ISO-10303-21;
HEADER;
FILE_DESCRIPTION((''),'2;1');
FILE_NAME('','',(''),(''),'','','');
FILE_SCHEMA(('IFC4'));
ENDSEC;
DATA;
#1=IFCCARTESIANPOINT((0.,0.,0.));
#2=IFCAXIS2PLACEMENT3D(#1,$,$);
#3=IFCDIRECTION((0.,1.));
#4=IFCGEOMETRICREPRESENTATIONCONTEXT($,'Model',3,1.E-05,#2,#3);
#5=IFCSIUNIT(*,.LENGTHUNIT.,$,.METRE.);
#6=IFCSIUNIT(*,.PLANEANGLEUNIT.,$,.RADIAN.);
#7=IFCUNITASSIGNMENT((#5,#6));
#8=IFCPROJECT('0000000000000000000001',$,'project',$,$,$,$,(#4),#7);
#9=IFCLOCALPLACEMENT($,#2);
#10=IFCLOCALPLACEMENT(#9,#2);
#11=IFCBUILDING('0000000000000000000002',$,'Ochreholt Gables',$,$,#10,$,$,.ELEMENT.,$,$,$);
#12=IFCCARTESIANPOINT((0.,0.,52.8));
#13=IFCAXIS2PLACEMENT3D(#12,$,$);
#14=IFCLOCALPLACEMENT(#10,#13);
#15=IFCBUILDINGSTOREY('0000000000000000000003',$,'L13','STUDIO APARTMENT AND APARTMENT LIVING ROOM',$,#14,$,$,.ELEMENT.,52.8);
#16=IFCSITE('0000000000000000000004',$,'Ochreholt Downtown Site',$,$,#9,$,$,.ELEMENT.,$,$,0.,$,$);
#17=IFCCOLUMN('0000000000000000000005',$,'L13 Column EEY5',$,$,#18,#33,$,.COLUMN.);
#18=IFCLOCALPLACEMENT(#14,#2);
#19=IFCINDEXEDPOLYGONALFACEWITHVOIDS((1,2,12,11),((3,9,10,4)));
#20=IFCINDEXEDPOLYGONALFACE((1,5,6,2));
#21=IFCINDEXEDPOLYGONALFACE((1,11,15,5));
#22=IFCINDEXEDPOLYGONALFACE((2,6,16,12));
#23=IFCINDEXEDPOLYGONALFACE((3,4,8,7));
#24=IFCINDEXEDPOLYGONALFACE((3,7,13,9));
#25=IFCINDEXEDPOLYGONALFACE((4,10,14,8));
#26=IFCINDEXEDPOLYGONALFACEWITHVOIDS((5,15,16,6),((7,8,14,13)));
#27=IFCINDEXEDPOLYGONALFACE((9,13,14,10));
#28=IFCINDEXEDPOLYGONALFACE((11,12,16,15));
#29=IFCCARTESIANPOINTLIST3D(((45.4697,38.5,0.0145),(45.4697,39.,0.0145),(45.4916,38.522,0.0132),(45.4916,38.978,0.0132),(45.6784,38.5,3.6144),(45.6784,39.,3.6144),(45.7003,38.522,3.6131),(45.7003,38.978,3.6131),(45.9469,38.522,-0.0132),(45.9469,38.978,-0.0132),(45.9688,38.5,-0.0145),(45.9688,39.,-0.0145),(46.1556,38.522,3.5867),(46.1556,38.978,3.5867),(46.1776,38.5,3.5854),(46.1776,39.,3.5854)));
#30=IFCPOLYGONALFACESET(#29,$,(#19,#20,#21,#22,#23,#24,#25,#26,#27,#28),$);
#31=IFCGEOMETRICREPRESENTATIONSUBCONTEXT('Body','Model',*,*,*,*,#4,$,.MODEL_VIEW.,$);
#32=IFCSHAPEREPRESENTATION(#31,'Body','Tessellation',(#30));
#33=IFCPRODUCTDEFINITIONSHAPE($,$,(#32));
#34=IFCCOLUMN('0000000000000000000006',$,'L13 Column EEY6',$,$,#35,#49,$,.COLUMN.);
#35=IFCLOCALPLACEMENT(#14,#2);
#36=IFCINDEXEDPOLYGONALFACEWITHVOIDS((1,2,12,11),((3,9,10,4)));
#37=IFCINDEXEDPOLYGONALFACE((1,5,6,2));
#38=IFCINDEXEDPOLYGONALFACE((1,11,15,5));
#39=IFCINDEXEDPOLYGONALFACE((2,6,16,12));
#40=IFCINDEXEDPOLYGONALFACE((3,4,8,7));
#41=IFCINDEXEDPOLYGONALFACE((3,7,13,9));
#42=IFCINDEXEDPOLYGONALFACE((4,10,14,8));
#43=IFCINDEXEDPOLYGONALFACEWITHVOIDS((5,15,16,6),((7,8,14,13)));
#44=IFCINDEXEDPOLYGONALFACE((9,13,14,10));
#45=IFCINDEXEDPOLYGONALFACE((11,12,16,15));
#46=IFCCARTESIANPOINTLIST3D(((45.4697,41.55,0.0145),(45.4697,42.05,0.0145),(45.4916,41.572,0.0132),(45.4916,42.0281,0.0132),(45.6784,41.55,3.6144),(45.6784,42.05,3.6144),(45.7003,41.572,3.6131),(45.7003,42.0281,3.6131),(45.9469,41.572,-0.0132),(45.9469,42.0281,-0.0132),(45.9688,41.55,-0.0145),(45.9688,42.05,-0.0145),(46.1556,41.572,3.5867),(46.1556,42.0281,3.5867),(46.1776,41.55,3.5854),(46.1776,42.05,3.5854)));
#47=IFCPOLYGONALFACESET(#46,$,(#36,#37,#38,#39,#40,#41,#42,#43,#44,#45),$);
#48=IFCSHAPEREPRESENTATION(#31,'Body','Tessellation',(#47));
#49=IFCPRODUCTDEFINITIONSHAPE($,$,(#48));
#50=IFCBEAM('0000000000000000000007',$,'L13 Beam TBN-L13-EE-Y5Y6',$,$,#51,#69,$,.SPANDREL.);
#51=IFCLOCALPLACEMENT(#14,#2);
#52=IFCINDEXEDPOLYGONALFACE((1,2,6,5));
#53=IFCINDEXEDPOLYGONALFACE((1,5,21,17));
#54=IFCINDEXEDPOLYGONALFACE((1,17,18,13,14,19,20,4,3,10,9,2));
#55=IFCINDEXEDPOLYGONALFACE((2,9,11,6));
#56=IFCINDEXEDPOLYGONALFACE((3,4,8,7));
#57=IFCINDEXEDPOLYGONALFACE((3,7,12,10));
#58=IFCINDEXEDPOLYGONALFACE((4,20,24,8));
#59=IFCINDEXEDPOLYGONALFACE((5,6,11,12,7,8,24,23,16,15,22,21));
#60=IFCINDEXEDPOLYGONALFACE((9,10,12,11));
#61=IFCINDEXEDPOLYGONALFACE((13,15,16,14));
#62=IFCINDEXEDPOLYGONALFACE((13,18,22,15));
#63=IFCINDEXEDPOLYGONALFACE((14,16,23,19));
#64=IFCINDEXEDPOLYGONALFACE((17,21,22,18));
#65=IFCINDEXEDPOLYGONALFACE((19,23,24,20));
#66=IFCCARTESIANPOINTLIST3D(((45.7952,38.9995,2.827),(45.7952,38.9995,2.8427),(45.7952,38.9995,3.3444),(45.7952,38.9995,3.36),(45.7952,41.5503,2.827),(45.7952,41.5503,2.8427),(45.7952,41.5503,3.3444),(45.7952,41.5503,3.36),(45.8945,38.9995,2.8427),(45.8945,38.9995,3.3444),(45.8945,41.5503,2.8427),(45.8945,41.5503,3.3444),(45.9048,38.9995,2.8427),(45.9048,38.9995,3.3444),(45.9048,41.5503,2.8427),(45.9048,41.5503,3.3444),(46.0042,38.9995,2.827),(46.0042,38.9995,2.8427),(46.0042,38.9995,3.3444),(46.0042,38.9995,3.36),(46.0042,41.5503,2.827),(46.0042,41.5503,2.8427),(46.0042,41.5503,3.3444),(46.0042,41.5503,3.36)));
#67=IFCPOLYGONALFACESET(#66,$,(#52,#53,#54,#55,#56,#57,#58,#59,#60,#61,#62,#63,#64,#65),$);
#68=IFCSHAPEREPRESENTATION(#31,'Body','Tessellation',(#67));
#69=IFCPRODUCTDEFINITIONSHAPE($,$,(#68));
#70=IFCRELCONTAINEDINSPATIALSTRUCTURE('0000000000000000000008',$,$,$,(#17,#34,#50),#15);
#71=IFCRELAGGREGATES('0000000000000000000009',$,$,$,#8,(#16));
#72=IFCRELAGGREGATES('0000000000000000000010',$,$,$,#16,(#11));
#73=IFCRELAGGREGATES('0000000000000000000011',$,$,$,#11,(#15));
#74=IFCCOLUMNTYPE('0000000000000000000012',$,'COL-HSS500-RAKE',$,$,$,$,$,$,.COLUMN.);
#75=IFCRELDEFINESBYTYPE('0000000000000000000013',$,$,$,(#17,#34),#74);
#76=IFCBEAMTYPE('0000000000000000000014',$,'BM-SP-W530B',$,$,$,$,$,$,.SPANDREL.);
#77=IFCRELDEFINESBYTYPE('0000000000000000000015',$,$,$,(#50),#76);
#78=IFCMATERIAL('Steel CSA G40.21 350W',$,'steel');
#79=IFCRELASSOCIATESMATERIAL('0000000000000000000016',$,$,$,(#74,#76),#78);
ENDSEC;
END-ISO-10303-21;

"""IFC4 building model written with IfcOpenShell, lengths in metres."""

from ifc_helpers import new_model, si_unit, direction, frame, origin, origin_2d, place, context, subcontext, project, spatial, hollow_rectangle, i_section, extrude, material, material_profile, profile_set, type_object, element, save


model = new_model("IFC4")

# Units and contexts
model_context = context("Model", 3, precision=1e-05, world=origin(), true_north=direction((0.0, 1.0)))
body_context = subcontext(model_context, "Body", "Model", "MODEL_VIEW")
ifc_project = project(units=[si_unit("LENGTHUNIT", "METRE"), si_unit("PLANEANGLEUNIT", "RADIAN")], contexts=[model_context])

# Site, building, storey
site_placement = place(None, origin())
site = spatial("IfcSite", under=ifc_project, at=site_placement, Name="Ochreholt Downtown Site", CompositionType="ELEMENT", RefElevation=0.0)
building_placement = place(site_placement, origin())
building = spatial("IfcBuilding", under=site, at=building_placement, Name="Ochreholt Gables", CompositionType="ELEMENT")
storey_placement = place(building_placement, frame((0.0, 0.0, 52.8)))
storey = spatial("IfcBuildingStorey", under=building, at=storey_placement, Name="L13", Description="STUDIO APARTMENT AND APARTMENT LIVING ROOM", CompositionType="ELEMENT", Elevation=52.8)

# Columns
ifc_material_1 = material(Name="Steel CSA G40.21 350W", Category="steel")
ifc_material_profile_1 = material_profile(ifc_material_1, hollow_rectangle(XDim=0.5, YDim=0.5, WallThickness=0.022, at=origin_2d()), Name="HSS500X500X22")
ifc_profile_set_1 = profile_set([ifc_material_profile_1], Name="Steel CSA G40.21 350W")
column_type = type_object("IfcColumnType", Name="COL-HSS500-RAKE", PredefinedType="COLUMN", material=ifc_profile_set_1)
for number, where, z_axis, x_axis, name in (
    (1, (45.7192, 38.75, 0.0), (0.057889, 0.0, 0.998323), (0.0, 1.0, 0.0), "L13 Column EEY5"),
    (2, (45.7192, 41.8, 0.0), (0.057889, 0.0, 0.998323), (0.0, 1.0, 0.0), "L13 Column EEY6"),
):
    element("IfcColumn", number, at=place(storey_placement, frame(where, z_axis=z_axis, x_axis=x_axis)), inside=storey, type_object=column_type, Name=name, PredefinedType="COLUMN", context=body_context, shape_type="SweptSolid", body=[
        extrude(hollow_rectangle(XDim=0.5, YDim=0.5, WallThickness=0.022, at=origin_2d()), origin(), (0.0, 0.0, 1.0), 3.606),
    ])

# Beam
ifc_material_profile_2 = material_profile(ifc_material_1, i_section(OverallWidth=0.209, OverallDepth=0.533, WebThickness=0.0103, FlangeThickness=0.0156, at=origin_2d()), Name="W530X92")
ifc_profile_set_2 = profile_set([ifc_material_profile_2], Name="Steel CSA G40.21 350W")
beam_type = type_object("IfcBeamType", Name="BM-SP-W530B", PredefinedType="SPANDREL", material=ifc_profile_set_2)
beam_placement = place(storey_placement, frame((45.8997, 38.9995, 3.0935), z_axis=(0.0, 1.0, 0.0), x_axis=(-1.0, 0.0, 0.0)))
element("IfcBeam", 3, at=beam_placement, inside=storey, type_object=beam_type, Name="L13 Beam TBN-L13-EE-Y5Y6", PredefinedType="SPANDREL", context=body_context, shape_type="SweptSolid", body=[
    extrude(i_section(OverallWidth=0.209, OverallDepth=0.533, WebThickness=0.0103, FlangeThickness=0.0156, at=origin_2d()), origin(), (0.0, 0.0, 1.0), 2.5508),
])

save(model, "model.ifc")
